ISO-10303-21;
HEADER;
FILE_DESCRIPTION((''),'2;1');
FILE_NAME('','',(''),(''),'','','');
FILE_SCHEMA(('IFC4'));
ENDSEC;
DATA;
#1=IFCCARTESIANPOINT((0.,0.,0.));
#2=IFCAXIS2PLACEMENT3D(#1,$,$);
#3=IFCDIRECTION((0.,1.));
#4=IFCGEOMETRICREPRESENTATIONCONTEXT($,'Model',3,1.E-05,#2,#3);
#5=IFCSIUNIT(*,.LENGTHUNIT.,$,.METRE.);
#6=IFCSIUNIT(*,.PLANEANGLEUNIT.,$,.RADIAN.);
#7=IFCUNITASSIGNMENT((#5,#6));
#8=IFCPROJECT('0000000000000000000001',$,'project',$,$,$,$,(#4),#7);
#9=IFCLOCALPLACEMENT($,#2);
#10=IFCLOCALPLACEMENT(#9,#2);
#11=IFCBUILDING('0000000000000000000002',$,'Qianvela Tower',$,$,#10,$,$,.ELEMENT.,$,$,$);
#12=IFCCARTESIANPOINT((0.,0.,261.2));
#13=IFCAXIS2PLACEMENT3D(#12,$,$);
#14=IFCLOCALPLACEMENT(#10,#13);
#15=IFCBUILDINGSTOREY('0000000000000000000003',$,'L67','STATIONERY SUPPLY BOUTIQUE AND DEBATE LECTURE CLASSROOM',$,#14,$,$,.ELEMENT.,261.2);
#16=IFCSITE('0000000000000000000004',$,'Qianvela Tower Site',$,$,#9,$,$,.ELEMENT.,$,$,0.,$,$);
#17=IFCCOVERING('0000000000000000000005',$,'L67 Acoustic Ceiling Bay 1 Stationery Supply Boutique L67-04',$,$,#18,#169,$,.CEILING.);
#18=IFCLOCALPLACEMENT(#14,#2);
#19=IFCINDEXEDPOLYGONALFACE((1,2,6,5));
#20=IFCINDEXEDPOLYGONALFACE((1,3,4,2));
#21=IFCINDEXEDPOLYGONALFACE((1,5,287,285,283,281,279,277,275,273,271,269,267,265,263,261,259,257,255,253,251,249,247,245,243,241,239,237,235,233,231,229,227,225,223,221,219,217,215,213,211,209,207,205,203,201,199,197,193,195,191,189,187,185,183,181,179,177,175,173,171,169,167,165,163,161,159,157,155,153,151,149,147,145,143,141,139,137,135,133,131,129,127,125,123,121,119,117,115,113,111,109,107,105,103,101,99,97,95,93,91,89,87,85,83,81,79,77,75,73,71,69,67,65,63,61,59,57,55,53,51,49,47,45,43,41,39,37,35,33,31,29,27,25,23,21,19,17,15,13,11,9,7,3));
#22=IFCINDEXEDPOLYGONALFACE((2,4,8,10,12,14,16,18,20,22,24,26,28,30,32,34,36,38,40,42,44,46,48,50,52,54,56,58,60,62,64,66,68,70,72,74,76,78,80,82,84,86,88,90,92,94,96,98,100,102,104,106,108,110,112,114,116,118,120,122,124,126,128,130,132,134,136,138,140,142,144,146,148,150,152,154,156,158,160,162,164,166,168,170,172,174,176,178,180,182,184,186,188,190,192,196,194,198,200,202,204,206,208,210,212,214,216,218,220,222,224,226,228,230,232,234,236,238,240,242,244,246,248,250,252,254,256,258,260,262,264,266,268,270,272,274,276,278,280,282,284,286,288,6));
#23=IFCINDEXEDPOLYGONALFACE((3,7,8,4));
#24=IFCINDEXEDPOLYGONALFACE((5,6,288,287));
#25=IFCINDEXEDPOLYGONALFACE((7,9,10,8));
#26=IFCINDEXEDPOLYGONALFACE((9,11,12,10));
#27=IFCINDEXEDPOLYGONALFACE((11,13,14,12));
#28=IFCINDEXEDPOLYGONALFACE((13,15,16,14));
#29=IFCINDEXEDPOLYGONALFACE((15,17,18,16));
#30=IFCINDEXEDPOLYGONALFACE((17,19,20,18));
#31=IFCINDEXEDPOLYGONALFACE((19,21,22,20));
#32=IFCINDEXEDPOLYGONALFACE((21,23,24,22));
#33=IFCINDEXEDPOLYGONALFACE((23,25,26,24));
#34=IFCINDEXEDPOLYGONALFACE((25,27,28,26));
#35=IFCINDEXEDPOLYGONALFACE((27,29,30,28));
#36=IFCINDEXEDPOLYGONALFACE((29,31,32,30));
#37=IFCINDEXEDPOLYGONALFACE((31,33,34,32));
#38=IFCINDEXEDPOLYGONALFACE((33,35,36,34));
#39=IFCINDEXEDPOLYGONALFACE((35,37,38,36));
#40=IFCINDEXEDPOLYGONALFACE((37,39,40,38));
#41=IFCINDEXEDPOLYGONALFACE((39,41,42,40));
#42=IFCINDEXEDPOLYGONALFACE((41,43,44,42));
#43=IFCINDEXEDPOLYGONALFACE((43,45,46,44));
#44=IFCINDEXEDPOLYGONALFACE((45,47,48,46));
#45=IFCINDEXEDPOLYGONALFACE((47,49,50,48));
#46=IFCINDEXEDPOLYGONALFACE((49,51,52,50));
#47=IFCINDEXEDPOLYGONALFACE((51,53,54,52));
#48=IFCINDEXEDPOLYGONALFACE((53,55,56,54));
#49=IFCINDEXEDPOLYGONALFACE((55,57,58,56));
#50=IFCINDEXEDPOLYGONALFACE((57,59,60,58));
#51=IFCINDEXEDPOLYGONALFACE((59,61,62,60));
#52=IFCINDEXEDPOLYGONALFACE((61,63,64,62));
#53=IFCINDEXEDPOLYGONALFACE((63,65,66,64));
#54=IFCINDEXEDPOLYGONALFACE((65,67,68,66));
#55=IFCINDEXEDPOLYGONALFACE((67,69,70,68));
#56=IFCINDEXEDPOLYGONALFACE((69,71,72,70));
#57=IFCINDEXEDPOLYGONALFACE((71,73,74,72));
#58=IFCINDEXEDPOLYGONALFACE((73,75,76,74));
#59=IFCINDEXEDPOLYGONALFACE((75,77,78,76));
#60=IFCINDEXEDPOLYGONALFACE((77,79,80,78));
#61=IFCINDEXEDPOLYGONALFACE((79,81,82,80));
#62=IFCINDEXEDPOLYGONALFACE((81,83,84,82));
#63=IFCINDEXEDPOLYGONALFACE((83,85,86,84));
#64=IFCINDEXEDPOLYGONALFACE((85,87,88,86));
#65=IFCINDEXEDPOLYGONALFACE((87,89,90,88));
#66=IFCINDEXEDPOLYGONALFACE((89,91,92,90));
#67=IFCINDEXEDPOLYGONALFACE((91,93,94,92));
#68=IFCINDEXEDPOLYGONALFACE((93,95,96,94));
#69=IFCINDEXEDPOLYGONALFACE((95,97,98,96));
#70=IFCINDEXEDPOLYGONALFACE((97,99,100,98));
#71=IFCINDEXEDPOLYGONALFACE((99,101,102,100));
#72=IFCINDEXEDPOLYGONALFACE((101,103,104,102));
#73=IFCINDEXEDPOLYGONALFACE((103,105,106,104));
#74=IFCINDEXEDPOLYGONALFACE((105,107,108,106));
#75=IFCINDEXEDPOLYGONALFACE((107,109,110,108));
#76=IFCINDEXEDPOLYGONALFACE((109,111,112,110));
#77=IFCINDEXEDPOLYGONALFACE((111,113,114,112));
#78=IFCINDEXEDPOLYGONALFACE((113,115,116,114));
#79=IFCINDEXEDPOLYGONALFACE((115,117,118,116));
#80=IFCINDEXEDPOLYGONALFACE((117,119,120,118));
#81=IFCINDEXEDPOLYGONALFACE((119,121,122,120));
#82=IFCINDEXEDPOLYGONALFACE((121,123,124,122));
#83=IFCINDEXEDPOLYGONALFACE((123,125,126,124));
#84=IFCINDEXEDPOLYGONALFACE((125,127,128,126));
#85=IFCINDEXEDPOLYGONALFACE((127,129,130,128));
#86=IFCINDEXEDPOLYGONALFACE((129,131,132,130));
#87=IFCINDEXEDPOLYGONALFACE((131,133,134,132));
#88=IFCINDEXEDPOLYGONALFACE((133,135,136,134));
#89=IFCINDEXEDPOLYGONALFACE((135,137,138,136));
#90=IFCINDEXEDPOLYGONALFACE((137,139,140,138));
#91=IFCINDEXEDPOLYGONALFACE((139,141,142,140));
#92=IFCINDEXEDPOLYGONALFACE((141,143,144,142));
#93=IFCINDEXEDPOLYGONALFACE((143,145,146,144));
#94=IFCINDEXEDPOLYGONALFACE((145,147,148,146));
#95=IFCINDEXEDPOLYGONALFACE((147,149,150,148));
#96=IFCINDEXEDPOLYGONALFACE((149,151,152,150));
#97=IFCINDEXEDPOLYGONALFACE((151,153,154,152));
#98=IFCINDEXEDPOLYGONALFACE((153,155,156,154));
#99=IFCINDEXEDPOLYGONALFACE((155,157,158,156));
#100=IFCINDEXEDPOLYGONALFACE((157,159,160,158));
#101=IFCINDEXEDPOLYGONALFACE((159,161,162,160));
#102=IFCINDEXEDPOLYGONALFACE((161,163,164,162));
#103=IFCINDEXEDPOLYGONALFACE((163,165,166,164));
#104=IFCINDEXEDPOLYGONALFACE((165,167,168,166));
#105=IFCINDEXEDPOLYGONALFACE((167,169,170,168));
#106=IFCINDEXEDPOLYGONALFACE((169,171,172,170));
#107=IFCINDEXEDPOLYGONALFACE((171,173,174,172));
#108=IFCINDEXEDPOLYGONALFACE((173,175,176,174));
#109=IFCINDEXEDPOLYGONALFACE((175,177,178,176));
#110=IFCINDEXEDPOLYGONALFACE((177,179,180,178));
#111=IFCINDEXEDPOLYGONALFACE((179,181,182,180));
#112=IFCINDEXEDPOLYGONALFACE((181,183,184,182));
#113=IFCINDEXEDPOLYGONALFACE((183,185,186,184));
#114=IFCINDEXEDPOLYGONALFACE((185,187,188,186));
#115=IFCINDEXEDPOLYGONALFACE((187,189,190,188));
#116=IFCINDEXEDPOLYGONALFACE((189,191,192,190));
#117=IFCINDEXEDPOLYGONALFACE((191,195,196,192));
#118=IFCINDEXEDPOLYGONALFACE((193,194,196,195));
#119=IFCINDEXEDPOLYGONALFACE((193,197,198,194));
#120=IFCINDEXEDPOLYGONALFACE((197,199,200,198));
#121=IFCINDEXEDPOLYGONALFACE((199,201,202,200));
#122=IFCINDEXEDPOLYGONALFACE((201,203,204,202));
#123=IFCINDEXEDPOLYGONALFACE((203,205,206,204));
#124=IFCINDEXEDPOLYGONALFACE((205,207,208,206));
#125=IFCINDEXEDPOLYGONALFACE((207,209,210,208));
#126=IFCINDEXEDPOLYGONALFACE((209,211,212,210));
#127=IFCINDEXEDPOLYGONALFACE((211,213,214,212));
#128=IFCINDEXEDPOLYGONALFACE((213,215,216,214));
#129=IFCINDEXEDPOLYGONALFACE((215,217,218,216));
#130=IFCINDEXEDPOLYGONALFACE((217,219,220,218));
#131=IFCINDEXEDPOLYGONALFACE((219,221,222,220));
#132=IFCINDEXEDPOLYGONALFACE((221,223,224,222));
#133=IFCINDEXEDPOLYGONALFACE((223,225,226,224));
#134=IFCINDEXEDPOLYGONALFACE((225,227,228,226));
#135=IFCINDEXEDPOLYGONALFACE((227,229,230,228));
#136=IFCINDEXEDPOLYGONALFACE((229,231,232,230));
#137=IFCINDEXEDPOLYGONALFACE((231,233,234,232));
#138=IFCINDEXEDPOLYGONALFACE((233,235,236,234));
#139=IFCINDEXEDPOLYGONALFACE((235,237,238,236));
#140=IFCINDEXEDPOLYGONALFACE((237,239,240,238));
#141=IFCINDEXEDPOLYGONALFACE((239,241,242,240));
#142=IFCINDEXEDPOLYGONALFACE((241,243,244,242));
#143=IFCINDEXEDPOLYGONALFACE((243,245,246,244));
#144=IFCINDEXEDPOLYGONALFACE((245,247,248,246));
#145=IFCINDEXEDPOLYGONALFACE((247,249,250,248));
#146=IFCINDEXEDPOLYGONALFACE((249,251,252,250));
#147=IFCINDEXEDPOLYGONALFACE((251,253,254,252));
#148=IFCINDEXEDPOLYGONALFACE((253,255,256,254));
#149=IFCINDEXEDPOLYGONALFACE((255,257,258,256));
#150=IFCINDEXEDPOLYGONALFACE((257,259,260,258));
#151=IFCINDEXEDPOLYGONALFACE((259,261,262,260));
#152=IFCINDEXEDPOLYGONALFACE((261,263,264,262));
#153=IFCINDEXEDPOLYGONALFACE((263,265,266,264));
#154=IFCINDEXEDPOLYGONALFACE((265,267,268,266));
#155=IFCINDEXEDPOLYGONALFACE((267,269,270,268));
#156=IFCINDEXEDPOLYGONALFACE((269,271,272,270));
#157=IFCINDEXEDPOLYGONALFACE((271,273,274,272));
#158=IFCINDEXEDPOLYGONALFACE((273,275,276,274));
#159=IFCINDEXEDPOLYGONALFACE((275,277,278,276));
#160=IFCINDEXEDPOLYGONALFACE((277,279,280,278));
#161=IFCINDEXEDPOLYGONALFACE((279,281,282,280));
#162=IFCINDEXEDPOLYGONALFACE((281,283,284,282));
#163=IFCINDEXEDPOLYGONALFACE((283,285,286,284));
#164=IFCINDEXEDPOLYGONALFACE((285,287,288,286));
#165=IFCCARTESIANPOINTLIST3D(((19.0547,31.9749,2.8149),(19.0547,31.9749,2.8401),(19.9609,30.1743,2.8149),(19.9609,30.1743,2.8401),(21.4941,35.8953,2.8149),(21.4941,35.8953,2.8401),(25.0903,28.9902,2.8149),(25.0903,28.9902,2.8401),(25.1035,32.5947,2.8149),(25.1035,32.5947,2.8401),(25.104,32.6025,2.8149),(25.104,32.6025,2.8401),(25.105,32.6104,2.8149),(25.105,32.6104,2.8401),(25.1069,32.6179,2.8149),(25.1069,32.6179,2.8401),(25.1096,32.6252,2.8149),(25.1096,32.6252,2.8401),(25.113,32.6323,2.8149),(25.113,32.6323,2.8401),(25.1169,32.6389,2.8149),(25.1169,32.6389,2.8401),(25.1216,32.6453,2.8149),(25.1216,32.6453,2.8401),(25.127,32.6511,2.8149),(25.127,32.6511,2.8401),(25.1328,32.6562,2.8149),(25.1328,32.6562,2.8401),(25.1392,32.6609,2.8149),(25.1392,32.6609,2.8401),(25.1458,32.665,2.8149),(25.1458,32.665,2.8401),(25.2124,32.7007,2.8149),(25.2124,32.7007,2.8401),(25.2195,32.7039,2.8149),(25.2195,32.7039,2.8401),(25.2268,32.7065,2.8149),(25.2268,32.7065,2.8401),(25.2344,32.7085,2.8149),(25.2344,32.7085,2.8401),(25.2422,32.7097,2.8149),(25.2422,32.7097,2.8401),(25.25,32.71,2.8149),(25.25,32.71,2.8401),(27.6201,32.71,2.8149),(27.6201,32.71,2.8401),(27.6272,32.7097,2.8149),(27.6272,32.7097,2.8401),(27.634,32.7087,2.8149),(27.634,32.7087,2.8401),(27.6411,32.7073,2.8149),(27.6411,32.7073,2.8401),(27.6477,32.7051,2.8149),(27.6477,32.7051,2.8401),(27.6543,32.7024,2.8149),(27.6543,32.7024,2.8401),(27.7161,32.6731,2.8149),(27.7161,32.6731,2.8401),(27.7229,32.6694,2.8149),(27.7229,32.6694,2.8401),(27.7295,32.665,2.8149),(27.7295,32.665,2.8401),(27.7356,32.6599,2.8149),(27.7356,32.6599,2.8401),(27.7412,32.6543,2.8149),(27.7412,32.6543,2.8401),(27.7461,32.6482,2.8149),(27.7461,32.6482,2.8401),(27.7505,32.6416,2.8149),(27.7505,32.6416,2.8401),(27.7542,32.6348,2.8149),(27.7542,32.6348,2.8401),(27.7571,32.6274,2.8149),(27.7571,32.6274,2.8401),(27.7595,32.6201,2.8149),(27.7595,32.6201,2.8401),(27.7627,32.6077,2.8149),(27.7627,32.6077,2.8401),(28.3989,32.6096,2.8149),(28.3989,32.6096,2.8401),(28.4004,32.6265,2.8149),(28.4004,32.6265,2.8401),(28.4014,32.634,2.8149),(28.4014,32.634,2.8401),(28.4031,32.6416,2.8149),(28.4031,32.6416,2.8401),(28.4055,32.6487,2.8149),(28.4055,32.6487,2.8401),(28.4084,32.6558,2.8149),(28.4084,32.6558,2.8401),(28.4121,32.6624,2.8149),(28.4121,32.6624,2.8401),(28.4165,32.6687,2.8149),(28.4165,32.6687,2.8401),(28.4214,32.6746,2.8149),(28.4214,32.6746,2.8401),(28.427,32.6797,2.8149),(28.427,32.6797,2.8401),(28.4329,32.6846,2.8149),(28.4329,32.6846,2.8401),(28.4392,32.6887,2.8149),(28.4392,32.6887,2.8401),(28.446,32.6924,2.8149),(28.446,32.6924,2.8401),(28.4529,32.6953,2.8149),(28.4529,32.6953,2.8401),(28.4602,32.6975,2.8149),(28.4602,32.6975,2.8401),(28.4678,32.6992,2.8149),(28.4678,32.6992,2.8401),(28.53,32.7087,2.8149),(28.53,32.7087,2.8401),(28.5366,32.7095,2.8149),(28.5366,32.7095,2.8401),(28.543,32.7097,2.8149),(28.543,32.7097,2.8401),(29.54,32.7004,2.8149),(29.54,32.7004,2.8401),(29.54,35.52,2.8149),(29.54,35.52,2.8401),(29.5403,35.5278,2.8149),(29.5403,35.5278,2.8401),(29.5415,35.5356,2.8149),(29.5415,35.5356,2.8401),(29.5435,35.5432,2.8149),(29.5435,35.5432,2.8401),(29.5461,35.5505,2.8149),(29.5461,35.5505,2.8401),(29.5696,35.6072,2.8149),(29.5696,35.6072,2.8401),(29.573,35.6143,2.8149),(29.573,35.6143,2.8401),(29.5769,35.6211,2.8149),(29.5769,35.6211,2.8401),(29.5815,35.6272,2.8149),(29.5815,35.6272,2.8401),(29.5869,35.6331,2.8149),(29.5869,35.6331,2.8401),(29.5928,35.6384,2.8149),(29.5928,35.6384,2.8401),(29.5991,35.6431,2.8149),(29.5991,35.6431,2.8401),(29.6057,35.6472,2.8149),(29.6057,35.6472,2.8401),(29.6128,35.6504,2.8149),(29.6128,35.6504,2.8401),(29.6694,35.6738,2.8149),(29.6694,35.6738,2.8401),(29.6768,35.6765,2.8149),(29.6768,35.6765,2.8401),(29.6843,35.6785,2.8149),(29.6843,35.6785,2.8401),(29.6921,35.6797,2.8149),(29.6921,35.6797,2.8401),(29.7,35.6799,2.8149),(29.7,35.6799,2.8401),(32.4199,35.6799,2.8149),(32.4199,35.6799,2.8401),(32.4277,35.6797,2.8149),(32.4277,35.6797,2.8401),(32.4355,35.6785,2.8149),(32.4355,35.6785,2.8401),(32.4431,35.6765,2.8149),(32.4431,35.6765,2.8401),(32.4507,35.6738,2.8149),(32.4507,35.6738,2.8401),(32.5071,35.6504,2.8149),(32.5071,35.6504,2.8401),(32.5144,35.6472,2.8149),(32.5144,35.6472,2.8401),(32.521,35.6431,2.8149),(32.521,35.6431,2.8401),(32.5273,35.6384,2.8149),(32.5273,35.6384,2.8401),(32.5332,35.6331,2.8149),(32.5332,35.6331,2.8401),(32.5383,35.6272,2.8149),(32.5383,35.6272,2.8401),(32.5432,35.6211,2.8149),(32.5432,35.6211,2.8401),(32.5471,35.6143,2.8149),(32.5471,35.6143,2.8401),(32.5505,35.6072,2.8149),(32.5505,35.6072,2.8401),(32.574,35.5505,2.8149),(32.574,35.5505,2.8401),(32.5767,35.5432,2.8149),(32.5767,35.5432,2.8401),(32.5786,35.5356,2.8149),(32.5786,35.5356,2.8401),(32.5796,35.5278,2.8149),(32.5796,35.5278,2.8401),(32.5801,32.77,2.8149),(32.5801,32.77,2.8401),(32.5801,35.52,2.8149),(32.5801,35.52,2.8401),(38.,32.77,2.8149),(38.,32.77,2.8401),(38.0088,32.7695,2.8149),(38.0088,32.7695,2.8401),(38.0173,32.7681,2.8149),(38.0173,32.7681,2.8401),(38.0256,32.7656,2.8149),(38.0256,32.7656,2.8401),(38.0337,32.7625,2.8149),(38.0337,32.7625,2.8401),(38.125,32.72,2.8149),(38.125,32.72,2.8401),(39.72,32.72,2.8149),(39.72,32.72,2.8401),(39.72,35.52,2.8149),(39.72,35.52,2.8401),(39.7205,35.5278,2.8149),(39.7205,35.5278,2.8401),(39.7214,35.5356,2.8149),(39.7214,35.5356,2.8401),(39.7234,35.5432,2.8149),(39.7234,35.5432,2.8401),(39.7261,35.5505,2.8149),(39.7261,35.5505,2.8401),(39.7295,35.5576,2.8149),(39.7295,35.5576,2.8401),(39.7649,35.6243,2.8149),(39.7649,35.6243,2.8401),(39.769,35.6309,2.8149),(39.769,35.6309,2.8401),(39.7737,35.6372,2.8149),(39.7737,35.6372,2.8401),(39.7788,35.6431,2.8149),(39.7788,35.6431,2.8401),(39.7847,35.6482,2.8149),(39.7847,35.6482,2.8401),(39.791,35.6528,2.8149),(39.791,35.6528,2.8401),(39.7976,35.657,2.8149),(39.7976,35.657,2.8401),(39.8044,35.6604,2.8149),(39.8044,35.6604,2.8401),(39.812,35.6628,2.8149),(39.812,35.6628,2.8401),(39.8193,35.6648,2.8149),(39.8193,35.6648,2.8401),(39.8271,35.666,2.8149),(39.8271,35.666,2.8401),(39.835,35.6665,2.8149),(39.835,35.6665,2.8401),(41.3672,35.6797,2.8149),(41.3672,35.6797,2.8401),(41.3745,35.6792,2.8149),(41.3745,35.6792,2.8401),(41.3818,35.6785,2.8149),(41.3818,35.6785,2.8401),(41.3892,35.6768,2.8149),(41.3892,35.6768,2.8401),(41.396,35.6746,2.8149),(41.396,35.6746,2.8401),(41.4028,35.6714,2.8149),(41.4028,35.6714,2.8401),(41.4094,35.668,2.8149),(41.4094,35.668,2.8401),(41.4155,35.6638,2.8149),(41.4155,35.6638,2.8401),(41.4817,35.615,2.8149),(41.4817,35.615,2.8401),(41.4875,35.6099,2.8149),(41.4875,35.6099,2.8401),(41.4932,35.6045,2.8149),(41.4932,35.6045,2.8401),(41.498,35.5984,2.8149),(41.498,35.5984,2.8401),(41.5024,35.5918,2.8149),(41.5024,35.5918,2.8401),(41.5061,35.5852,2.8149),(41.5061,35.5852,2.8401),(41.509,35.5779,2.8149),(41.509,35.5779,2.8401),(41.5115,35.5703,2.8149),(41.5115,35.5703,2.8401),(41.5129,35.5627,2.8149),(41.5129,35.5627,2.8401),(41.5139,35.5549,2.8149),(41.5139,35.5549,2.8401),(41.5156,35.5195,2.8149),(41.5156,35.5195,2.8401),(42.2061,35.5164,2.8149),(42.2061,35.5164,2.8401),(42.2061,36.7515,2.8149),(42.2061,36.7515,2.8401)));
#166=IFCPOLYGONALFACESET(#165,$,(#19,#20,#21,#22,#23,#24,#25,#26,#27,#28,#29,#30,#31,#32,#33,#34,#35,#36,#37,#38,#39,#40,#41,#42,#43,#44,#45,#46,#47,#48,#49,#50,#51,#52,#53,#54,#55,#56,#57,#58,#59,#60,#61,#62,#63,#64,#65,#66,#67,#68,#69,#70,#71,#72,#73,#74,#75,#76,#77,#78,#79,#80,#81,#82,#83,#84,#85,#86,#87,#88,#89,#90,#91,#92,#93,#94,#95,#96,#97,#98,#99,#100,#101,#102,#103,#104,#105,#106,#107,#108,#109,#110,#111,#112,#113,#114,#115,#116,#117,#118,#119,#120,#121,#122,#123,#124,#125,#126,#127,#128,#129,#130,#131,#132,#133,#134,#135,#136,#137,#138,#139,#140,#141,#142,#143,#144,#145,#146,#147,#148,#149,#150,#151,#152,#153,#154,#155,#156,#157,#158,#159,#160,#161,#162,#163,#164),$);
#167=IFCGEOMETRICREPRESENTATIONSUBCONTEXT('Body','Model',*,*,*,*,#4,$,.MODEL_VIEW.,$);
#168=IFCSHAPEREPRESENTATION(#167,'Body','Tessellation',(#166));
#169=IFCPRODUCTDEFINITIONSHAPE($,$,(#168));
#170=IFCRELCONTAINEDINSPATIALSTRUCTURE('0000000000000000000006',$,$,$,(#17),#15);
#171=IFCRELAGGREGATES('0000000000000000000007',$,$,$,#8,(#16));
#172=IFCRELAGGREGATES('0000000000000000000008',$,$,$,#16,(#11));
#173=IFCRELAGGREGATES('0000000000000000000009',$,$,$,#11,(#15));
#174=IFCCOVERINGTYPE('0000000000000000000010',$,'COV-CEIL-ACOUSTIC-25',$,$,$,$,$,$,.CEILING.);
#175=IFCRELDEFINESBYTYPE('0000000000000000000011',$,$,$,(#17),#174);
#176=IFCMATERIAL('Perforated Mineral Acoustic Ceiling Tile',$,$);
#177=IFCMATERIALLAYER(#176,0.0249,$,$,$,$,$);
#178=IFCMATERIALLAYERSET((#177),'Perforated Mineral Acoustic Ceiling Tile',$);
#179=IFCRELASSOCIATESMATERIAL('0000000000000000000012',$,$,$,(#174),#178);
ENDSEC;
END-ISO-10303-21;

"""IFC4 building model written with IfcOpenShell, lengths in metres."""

from ifc_helpers import new_model, si_unit, direction, frame, origin, place, context, subcontext, project, spatial, polyline, outline, extrude, material, layer, layer_set, type_object, element, save


model = new_model("IFC4")

# Units and contexts
model_context = context("Model", 3, precision=1e-05, world=origin(), true_north=direction((0.0, 1.0)))
body_context = subcontext(model_context, "Body", "Model", "MODEL_VIEW")
ifc_project = project(units=[si_unit("LENGTHUNIT", "METRE"), si_unit("PLANEANGLEUNIT", "RADIAN")], contexts=[model_context])

# Site, building, storey
site_placement = place(None, origin())
site = spatial("IfcSite", under=ifc_project, at=site_placement, Name="Qianvela Tower Site", CompositionType="ELEMENT", RefElevation=0.0)
building_placement = place(site_placement, origin())
building = spatial("IfcBuilding", under=site, at=building_placement, Name="Qianvela Tower", CompositionType="ELEMENT")
storey_placement = place(building_placement, frame((0.0, 0.0, 261.2)))
storey = spatial("IfcBuildingStorey", under=building, at=storey_placement, Name="L67", Description="STATIONERY SUPPLY BOUTIQUE AND DEBATE LECTURE CLASSROOM", CompositionType="ELEMENT", Elevation=261.2)

# Covering
ifc_material_1 = material(Name="Perforated Mineral Acoustic Ceiling Tile")
ifc_layer_1 = layer(ifc_material_1, 0.0249)
ifc_layer_set_1 = layer_set([ifc_layer_1], Name="Perforated Mineral Acoustic Ceiling Tile")
covering_type_1 = type_object("IfcCoveringType", Name="COV-CEIL-ACOUSTIC-25", PredefinedType="CEILING", material=ifc_layer_set_1)
covering_1_placement = place(storey_placement, frame((0.0, 0.0, 2.8149)))
element("IfcCovering", 1, at=covering_1_placement, inside=storey, type_object=covering_type_1, Name="L67 Acoustic Ceiling Bay 1 Stationery Supply Boutique L67-04", PredefinedType="CEILING", context=body_context, shape_type="SweptSolid", body=[
    extrude(outline(polyline([(28.543, 32.7097), (28.5366, 32.7095), (28.53, 32.7087), (28.4678, 32.6992), (28.4602, 32.6975), (28.4529, 32.6953), (28.446, 32.6924), (28.4392, 32.6887), (28.4329, 32.6846), (28.427, 32.6797), (28.4214, 32.6746), (28.4165, 32.6687), (28.4121, 32.6624), (28.4084, 32.6558), (28.4055, 32.6487), (28.4031, 32.6416), (28.4014, 32.634), (28.4004, 32.6265), (28.3989, 32.6096), (27.7627, 32.6077), (27.7595, 32.6201), (27.7571, 32.6274), (27.7542, 32.6348), (27.7505, 32.6416), (27.7461, 32.6482), (27.7412, 32.6543), (27.7356, 32.6599), (27.7295, 32.665), (27.7229, 32.6694), (27.7161, 32.6731), (27.6543, 32.7024), (27.6477, 32.7051), (27.6411, 32.7073), (27.634, 32.7087), (27.6272, 32.7097), (27.6201, 32.71), (25.25, 32.71), (25.2422, 32.7097), (25.2344, 32.7085), (25.2268, 32.7065), (25.2195, 32.7039), (25.2124, 32.7007), (25.1458, 32.665), (25.1392, 32.6609), (25.1328, 32.6562), (25.127, 32.6511), (25.1216, 32.6453), (25.1169, 32.6389), (25.113, 32.6323), (25.1096, 32.6252), (25.1069, 32.6179), (25.105, 32.6104), (25.104, 32.6025), (25.1035, 32.5947), (25.0903, 28.9902), (19.9609, 30.1743), (19.0547, 31.9749), (21.4941, 35.8953), (42.2061, 36.7515), (42.2061, 35.5164), (41.5156, 35.5195), (41.5139, 35.5549), (41.5129, 35.5627), (41.5115, 35.5703), (41.509, 35.5779), (41.5061, 35.5852), (41.5024, 35.5918), (41.498, 35.5984), (41.4932, 35.6045), (41.4875, 35.6099), (41.4817, 35.615), (41.4155, 35.6638), (41.4094, 35.668), (41.4028, 35.6714), (41.396, 35.6746), (41.3892, 35.6768), (41.3818, 35.6785), (41.3745, 35.6792), (41.3672, 35.6797), (39.835, 35.6665), (39.8271, 35.666), (39.8193, 35.6648), (39.812, 35.6628), (39.8044, 35.6604), (39.7976, 35.657), (39.791, 35.6528), (39.7847, 35.6482), (39.7788, 35.6431), (39.7737, 35.6372), (39.769, 35.6309), (39.7649, 35.6243), (39.7295, 35.5576), (39.7261, 35.5505), (39.7234, 35.5432), (39.7214, 35.5356), (39.7205, 35.5278), (39.72, 35.52), (39.72, 32.72), (38.125, 32.72), (38.0337, 32.7625), (38.0256, 32.7656), (38.0173, 32.7681), (38.0088, 32.7695), (38.0, 32.77), (32.5801, 32.77), (32.5801, 35.52), (32.5796, 35.5278), (32.5786, 35.5356), (32.5767, 35.5432), (32.574, 35.5505), (32.5505, 35.6072), (32.5471, 35.6143), (32.5432, 35.6211), (32.5383, 35.6272), (32.5332, 35.6331), (32.5273, 35.6384), (32.521, 35.6431), (32.5144, 35.6472), (32.5071, 35.6504), (32.4507, 35.6738), (32.4431, 35.6765), (32.4355, 35.6785), (32.4277, 35.6797), (32.4199, 35.6799), (29.7, 35.6799), (29.6921, 35.6797), (29.6843, 35.6785), (29.6768, 35.6765), (29.6694, 35.6738), (29.6128, 35.6504), (29.6057, 35.6472), (29.5991, 35.6431), (29.5928, 35.6384), (29.5869, 35.6331), (29.5815, 35.6272), (29.5769, 35.6211), (29.573, 35.6143), (29.5696, 35.6072), (29.5461, 35.5505), (29.5435, 35.5432), (29.5415, 35.5356), (29.5403, 35.5278), (29.54, 35.52), (29.54, 32.7004), (28.543, 32.7097)])), origin(), (0.0, 0.0, 1.0), 0.0251),
])

save(model, "model.ifc")
